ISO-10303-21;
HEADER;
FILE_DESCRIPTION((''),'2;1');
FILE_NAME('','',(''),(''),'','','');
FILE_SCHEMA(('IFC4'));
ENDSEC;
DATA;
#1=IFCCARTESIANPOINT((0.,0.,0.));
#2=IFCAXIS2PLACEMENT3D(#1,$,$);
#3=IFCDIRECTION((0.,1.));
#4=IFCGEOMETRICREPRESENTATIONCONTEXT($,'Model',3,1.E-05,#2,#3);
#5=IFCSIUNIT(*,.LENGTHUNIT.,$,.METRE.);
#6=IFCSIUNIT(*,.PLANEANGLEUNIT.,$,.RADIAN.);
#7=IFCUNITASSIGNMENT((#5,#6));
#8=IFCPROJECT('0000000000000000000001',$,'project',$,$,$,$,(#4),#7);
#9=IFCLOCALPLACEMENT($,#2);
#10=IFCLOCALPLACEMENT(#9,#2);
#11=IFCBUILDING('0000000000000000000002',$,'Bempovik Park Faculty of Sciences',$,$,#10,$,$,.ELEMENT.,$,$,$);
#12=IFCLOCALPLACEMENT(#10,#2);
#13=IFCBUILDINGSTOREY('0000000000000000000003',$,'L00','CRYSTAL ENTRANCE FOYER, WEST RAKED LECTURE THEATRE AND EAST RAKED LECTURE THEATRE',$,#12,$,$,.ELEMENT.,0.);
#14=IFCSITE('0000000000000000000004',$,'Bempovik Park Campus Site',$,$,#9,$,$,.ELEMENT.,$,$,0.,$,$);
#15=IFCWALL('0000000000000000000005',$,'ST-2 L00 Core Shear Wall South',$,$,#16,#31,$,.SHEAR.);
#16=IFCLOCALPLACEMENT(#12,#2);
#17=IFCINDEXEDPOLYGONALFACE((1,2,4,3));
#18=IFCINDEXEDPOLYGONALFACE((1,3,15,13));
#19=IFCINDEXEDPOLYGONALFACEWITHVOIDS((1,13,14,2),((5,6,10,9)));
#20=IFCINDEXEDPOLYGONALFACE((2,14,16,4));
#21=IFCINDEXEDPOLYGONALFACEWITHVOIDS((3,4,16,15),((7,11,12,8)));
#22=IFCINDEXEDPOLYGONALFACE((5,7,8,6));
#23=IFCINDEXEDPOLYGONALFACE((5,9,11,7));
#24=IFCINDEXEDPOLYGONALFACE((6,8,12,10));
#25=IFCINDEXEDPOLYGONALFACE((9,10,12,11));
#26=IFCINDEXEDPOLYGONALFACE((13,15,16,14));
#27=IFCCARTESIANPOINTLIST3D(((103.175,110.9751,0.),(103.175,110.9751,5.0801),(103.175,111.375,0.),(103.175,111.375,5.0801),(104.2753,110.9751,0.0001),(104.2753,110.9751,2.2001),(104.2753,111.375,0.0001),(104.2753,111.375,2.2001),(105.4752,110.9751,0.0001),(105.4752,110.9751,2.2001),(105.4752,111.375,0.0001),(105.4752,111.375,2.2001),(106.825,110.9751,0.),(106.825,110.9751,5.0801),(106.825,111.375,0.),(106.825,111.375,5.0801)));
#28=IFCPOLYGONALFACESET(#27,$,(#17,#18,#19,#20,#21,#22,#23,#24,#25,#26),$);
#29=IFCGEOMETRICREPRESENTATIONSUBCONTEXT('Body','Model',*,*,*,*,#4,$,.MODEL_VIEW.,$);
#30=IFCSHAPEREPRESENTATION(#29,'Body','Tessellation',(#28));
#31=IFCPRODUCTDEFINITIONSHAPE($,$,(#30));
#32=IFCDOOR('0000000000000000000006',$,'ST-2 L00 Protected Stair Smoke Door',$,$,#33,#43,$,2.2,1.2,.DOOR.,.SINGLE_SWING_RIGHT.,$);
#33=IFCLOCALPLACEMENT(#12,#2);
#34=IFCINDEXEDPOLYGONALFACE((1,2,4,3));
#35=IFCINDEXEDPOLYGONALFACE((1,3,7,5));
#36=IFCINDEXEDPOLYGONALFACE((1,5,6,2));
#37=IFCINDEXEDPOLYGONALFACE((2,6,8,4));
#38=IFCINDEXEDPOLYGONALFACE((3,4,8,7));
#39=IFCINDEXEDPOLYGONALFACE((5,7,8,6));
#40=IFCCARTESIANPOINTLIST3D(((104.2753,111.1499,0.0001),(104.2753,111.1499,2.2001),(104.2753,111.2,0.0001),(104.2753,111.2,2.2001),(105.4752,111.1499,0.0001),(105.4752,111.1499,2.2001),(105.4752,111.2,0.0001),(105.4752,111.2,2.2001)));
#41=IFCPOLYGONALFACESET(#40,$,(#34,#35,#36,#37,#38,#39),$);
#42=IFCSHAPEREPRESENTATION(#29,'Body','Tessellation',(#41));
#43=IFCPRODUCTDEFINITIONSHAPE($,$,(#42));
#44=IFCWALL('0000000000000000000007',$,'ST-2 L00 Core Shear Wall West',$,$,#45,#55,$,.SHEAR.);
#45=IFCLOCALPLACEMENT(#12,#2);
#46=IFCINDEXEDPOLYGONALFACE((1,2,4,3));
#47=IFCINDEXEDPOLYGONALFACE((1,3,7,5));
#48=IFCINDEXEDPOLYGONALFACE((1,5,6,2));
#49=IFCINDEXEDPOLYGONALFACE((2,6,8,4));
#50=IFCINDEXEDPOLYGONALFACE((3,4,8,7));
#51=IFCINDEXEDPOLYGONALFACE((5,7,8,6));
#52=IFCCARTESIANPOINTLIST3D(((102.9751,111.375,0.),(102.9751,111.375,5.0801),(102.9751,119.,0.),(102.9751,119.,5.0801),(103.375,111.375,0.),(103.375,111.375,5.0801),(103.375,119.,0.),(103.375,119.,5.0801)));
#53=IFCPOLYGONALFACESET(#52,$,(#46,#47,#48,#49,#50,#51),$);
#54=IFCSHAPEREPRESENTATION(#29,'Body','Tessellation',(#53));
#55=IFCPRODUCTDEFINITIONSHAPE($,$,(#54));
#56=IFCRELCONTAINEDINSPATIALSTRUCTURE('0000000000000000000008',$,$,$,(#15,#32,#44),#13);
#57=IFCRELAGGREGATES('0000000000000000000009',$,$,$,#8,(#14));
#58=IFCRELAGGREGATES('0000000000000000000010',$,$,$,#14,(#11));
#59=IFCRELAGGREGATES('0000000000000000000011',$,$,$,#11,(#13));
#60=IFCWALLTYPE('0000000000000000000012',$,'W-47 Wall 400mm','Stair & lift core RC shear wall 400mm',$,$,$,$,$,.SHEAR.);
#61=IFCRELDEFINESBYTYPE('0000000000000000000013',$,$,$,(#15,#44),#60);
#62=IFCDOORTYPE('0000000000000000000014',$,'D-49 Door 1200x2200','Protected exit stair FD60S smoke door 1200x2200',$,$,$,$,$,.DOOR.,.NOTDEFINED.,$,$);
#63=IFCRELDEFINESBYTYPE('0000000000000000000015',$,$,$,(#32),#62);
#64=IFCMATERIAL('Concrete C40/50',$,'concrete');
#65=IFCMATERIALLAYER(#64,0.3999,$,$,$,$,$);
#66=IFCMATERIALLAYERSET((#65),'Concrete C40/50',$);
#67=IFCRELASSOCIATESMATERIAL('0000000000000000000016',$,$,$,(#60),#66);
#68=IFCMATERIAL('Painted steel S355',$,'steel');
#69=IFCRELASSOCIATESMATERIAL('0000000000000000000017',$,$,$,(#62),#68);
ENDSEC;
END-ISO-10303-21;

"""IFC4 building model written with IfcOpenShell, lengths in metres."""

from ifc_helpers import new_model, si_unit, direction, frame, frame_2d, origin, place, context, subcontext, project, spatial, rectangle, extrude, material, layer, layer_set, type_object, element, fill, save


model = new_model("IFC4")

# Units and contexts
model_context = context("Model", 3, precision=1e-05, world=origin(), true_north=direction((0.0, 1.0)))
body_context = subcontext(model_context, "Body", "Model", "MODEL_VIEW")
ifc_project = project(units=[si_unit("LENGTHUNIT", "METRE"), si_unit("PLANEANGLEUNIT", "RADIAN")], contexts=[model_context])

# Site, building, storey
site_placement = place(None, origin())
site = spatial("IfcSite", under=ifc_project, at=site_placement, Name="Bempovik Park Campus Site", CompositionType="ELEMENT", RefElevation=0.0)
building_placement = place(site_placement, origin())
building = spatial("IfcBuilding", under=site, at=building_placement, Name="Bempovik Park Faculty of Sciences", CompositionType="ELEMENT")
storey_placement = place(building_placement, origin())
storey = spatial("IfcBuildingStorey", under=building, at=storey_placement, Name="L00", Description="CRYSTAL ENTRANCE FOYER, WEST RAKED LECTURE THEATRE AND EAST RAKED LECTURE THEATRE", CompositionType="ELEMENT", Elevation=0.0)

# Shared definitions
ifc_material_1 = material(Name="Concrete C40/50", Category="concrete")

# Shared definitions
ifc_material_2 = material(Name="Painted steel S355", Category="steel")

# Wall, opening, door
ifc_layer_1 = layer(ifc_material_1, 0.3999)
ifc_layer_set_1 = layer_set([ifc_layer_1], Name="Concrete C40/50")
wall_type_1 = type_object("IfcWallType", Name="W-47 Wall 400mm", Description="Stair & lift core RC shear wall 400mm", PredefinedType="SHEAR", material=ifc_layer_set_1)
wall_1_placement = place(storey_placement, frame((103.175, 111.175, 0.0), z_axis=(0.0, 0.0, 1.0), x_axis=(1.0, 0.0, 0.0)))
wall_1 = element("IfcWall", 1, at=wall_1_placement, inside=storey, type_object=wall_type_1, Name="ST-2 L00 Core Shear Wall South", PredefinedType="SHEAR", context=body_context, shape_type="SweptSolid", body=[
    extrude(rectangle(XDim=3.6499, YDim=0.3999, at=frame_2d((1.825, 0.0))), origin(), (0.0, 0.0, 1.0), 5.0801),
])
opening_1_placement = place(wall_1_placement, frame((1.1001, 0.0, 0.0)))
opening_1 = element("IfcOpeningElement", 2, at=opening_1_placement, cuts=wall_1, PredefinedType="OPENING", context=body_context, shape_type="SweptSolid", body=[
    extrude(rectangle(XDim=1.2, YDim=2.2, at=frame_2d((0.6001, 1.1001))), frame((0.0, 0.21, 0.0), z_axis=(0.0, -1.0, 0.0), x_axis=(1.0, 0.0, 0.0)), (0.0, 0.0, 1.0), 0.4199),
])
door_type_1 = type_object("IfcDoorType", Name="D-49 Door 1200x2200", Description="Protected exit stair FD60S smoke door 1200x2200", OperationType="NOTDEFINED", PredefinedType="DOOR", material=ifc_material_2)
door_1_placement = place(opening_1_placement, origin())
door_1 = element("IfcDoor", 3, at=door_1_placement, inside=storey, type_object=door_type_1, Name="ST-2 L00 Protected Stair Smoke Door", OperationType="SINGLE_SWING_RIGHT", OverallHeight=2.2, OverallWidth=1.2, PredefinedType="DOOR", context=body_context, shape_type="SweptSolid", body=[
    extrude(rectangle(XDim=1.2, YDim=2.2, at=frame_2d((0.6001, 1.1001))), frame((0.0, 0.0249, 0.0), z_axis=(0.0, -1.0, 0.0), x_axis=(1.0, 0.0, 0.0)), (0.0, 0.0, 1.0), 0.05),
])
fill(opening_1, door_1)

# Wall
wall_2_placement = place(storey_placement, frame((103.175, 111.375, 0.0), z_axis=(0.0, 0.0, 1.0), x_axis=(0.0, 1.0, 0.0)))
element("IfcWall", 4, at=wall_2_placement, inside=storey, type_object=wall_type_1, Name="ST-2 L00 Core Shear Wall West", PredefinedType="SHEAR", context=body_context, shape_type="SweptSolid", body=[
    extrude(rectangle(XDim=7.625, YDim=0.3999, at=frame_2d((3.8125, 0.0))), origin(), (0.0, 0.0, 1.0), 5.0801),
])

save(model, "model.ifc")
